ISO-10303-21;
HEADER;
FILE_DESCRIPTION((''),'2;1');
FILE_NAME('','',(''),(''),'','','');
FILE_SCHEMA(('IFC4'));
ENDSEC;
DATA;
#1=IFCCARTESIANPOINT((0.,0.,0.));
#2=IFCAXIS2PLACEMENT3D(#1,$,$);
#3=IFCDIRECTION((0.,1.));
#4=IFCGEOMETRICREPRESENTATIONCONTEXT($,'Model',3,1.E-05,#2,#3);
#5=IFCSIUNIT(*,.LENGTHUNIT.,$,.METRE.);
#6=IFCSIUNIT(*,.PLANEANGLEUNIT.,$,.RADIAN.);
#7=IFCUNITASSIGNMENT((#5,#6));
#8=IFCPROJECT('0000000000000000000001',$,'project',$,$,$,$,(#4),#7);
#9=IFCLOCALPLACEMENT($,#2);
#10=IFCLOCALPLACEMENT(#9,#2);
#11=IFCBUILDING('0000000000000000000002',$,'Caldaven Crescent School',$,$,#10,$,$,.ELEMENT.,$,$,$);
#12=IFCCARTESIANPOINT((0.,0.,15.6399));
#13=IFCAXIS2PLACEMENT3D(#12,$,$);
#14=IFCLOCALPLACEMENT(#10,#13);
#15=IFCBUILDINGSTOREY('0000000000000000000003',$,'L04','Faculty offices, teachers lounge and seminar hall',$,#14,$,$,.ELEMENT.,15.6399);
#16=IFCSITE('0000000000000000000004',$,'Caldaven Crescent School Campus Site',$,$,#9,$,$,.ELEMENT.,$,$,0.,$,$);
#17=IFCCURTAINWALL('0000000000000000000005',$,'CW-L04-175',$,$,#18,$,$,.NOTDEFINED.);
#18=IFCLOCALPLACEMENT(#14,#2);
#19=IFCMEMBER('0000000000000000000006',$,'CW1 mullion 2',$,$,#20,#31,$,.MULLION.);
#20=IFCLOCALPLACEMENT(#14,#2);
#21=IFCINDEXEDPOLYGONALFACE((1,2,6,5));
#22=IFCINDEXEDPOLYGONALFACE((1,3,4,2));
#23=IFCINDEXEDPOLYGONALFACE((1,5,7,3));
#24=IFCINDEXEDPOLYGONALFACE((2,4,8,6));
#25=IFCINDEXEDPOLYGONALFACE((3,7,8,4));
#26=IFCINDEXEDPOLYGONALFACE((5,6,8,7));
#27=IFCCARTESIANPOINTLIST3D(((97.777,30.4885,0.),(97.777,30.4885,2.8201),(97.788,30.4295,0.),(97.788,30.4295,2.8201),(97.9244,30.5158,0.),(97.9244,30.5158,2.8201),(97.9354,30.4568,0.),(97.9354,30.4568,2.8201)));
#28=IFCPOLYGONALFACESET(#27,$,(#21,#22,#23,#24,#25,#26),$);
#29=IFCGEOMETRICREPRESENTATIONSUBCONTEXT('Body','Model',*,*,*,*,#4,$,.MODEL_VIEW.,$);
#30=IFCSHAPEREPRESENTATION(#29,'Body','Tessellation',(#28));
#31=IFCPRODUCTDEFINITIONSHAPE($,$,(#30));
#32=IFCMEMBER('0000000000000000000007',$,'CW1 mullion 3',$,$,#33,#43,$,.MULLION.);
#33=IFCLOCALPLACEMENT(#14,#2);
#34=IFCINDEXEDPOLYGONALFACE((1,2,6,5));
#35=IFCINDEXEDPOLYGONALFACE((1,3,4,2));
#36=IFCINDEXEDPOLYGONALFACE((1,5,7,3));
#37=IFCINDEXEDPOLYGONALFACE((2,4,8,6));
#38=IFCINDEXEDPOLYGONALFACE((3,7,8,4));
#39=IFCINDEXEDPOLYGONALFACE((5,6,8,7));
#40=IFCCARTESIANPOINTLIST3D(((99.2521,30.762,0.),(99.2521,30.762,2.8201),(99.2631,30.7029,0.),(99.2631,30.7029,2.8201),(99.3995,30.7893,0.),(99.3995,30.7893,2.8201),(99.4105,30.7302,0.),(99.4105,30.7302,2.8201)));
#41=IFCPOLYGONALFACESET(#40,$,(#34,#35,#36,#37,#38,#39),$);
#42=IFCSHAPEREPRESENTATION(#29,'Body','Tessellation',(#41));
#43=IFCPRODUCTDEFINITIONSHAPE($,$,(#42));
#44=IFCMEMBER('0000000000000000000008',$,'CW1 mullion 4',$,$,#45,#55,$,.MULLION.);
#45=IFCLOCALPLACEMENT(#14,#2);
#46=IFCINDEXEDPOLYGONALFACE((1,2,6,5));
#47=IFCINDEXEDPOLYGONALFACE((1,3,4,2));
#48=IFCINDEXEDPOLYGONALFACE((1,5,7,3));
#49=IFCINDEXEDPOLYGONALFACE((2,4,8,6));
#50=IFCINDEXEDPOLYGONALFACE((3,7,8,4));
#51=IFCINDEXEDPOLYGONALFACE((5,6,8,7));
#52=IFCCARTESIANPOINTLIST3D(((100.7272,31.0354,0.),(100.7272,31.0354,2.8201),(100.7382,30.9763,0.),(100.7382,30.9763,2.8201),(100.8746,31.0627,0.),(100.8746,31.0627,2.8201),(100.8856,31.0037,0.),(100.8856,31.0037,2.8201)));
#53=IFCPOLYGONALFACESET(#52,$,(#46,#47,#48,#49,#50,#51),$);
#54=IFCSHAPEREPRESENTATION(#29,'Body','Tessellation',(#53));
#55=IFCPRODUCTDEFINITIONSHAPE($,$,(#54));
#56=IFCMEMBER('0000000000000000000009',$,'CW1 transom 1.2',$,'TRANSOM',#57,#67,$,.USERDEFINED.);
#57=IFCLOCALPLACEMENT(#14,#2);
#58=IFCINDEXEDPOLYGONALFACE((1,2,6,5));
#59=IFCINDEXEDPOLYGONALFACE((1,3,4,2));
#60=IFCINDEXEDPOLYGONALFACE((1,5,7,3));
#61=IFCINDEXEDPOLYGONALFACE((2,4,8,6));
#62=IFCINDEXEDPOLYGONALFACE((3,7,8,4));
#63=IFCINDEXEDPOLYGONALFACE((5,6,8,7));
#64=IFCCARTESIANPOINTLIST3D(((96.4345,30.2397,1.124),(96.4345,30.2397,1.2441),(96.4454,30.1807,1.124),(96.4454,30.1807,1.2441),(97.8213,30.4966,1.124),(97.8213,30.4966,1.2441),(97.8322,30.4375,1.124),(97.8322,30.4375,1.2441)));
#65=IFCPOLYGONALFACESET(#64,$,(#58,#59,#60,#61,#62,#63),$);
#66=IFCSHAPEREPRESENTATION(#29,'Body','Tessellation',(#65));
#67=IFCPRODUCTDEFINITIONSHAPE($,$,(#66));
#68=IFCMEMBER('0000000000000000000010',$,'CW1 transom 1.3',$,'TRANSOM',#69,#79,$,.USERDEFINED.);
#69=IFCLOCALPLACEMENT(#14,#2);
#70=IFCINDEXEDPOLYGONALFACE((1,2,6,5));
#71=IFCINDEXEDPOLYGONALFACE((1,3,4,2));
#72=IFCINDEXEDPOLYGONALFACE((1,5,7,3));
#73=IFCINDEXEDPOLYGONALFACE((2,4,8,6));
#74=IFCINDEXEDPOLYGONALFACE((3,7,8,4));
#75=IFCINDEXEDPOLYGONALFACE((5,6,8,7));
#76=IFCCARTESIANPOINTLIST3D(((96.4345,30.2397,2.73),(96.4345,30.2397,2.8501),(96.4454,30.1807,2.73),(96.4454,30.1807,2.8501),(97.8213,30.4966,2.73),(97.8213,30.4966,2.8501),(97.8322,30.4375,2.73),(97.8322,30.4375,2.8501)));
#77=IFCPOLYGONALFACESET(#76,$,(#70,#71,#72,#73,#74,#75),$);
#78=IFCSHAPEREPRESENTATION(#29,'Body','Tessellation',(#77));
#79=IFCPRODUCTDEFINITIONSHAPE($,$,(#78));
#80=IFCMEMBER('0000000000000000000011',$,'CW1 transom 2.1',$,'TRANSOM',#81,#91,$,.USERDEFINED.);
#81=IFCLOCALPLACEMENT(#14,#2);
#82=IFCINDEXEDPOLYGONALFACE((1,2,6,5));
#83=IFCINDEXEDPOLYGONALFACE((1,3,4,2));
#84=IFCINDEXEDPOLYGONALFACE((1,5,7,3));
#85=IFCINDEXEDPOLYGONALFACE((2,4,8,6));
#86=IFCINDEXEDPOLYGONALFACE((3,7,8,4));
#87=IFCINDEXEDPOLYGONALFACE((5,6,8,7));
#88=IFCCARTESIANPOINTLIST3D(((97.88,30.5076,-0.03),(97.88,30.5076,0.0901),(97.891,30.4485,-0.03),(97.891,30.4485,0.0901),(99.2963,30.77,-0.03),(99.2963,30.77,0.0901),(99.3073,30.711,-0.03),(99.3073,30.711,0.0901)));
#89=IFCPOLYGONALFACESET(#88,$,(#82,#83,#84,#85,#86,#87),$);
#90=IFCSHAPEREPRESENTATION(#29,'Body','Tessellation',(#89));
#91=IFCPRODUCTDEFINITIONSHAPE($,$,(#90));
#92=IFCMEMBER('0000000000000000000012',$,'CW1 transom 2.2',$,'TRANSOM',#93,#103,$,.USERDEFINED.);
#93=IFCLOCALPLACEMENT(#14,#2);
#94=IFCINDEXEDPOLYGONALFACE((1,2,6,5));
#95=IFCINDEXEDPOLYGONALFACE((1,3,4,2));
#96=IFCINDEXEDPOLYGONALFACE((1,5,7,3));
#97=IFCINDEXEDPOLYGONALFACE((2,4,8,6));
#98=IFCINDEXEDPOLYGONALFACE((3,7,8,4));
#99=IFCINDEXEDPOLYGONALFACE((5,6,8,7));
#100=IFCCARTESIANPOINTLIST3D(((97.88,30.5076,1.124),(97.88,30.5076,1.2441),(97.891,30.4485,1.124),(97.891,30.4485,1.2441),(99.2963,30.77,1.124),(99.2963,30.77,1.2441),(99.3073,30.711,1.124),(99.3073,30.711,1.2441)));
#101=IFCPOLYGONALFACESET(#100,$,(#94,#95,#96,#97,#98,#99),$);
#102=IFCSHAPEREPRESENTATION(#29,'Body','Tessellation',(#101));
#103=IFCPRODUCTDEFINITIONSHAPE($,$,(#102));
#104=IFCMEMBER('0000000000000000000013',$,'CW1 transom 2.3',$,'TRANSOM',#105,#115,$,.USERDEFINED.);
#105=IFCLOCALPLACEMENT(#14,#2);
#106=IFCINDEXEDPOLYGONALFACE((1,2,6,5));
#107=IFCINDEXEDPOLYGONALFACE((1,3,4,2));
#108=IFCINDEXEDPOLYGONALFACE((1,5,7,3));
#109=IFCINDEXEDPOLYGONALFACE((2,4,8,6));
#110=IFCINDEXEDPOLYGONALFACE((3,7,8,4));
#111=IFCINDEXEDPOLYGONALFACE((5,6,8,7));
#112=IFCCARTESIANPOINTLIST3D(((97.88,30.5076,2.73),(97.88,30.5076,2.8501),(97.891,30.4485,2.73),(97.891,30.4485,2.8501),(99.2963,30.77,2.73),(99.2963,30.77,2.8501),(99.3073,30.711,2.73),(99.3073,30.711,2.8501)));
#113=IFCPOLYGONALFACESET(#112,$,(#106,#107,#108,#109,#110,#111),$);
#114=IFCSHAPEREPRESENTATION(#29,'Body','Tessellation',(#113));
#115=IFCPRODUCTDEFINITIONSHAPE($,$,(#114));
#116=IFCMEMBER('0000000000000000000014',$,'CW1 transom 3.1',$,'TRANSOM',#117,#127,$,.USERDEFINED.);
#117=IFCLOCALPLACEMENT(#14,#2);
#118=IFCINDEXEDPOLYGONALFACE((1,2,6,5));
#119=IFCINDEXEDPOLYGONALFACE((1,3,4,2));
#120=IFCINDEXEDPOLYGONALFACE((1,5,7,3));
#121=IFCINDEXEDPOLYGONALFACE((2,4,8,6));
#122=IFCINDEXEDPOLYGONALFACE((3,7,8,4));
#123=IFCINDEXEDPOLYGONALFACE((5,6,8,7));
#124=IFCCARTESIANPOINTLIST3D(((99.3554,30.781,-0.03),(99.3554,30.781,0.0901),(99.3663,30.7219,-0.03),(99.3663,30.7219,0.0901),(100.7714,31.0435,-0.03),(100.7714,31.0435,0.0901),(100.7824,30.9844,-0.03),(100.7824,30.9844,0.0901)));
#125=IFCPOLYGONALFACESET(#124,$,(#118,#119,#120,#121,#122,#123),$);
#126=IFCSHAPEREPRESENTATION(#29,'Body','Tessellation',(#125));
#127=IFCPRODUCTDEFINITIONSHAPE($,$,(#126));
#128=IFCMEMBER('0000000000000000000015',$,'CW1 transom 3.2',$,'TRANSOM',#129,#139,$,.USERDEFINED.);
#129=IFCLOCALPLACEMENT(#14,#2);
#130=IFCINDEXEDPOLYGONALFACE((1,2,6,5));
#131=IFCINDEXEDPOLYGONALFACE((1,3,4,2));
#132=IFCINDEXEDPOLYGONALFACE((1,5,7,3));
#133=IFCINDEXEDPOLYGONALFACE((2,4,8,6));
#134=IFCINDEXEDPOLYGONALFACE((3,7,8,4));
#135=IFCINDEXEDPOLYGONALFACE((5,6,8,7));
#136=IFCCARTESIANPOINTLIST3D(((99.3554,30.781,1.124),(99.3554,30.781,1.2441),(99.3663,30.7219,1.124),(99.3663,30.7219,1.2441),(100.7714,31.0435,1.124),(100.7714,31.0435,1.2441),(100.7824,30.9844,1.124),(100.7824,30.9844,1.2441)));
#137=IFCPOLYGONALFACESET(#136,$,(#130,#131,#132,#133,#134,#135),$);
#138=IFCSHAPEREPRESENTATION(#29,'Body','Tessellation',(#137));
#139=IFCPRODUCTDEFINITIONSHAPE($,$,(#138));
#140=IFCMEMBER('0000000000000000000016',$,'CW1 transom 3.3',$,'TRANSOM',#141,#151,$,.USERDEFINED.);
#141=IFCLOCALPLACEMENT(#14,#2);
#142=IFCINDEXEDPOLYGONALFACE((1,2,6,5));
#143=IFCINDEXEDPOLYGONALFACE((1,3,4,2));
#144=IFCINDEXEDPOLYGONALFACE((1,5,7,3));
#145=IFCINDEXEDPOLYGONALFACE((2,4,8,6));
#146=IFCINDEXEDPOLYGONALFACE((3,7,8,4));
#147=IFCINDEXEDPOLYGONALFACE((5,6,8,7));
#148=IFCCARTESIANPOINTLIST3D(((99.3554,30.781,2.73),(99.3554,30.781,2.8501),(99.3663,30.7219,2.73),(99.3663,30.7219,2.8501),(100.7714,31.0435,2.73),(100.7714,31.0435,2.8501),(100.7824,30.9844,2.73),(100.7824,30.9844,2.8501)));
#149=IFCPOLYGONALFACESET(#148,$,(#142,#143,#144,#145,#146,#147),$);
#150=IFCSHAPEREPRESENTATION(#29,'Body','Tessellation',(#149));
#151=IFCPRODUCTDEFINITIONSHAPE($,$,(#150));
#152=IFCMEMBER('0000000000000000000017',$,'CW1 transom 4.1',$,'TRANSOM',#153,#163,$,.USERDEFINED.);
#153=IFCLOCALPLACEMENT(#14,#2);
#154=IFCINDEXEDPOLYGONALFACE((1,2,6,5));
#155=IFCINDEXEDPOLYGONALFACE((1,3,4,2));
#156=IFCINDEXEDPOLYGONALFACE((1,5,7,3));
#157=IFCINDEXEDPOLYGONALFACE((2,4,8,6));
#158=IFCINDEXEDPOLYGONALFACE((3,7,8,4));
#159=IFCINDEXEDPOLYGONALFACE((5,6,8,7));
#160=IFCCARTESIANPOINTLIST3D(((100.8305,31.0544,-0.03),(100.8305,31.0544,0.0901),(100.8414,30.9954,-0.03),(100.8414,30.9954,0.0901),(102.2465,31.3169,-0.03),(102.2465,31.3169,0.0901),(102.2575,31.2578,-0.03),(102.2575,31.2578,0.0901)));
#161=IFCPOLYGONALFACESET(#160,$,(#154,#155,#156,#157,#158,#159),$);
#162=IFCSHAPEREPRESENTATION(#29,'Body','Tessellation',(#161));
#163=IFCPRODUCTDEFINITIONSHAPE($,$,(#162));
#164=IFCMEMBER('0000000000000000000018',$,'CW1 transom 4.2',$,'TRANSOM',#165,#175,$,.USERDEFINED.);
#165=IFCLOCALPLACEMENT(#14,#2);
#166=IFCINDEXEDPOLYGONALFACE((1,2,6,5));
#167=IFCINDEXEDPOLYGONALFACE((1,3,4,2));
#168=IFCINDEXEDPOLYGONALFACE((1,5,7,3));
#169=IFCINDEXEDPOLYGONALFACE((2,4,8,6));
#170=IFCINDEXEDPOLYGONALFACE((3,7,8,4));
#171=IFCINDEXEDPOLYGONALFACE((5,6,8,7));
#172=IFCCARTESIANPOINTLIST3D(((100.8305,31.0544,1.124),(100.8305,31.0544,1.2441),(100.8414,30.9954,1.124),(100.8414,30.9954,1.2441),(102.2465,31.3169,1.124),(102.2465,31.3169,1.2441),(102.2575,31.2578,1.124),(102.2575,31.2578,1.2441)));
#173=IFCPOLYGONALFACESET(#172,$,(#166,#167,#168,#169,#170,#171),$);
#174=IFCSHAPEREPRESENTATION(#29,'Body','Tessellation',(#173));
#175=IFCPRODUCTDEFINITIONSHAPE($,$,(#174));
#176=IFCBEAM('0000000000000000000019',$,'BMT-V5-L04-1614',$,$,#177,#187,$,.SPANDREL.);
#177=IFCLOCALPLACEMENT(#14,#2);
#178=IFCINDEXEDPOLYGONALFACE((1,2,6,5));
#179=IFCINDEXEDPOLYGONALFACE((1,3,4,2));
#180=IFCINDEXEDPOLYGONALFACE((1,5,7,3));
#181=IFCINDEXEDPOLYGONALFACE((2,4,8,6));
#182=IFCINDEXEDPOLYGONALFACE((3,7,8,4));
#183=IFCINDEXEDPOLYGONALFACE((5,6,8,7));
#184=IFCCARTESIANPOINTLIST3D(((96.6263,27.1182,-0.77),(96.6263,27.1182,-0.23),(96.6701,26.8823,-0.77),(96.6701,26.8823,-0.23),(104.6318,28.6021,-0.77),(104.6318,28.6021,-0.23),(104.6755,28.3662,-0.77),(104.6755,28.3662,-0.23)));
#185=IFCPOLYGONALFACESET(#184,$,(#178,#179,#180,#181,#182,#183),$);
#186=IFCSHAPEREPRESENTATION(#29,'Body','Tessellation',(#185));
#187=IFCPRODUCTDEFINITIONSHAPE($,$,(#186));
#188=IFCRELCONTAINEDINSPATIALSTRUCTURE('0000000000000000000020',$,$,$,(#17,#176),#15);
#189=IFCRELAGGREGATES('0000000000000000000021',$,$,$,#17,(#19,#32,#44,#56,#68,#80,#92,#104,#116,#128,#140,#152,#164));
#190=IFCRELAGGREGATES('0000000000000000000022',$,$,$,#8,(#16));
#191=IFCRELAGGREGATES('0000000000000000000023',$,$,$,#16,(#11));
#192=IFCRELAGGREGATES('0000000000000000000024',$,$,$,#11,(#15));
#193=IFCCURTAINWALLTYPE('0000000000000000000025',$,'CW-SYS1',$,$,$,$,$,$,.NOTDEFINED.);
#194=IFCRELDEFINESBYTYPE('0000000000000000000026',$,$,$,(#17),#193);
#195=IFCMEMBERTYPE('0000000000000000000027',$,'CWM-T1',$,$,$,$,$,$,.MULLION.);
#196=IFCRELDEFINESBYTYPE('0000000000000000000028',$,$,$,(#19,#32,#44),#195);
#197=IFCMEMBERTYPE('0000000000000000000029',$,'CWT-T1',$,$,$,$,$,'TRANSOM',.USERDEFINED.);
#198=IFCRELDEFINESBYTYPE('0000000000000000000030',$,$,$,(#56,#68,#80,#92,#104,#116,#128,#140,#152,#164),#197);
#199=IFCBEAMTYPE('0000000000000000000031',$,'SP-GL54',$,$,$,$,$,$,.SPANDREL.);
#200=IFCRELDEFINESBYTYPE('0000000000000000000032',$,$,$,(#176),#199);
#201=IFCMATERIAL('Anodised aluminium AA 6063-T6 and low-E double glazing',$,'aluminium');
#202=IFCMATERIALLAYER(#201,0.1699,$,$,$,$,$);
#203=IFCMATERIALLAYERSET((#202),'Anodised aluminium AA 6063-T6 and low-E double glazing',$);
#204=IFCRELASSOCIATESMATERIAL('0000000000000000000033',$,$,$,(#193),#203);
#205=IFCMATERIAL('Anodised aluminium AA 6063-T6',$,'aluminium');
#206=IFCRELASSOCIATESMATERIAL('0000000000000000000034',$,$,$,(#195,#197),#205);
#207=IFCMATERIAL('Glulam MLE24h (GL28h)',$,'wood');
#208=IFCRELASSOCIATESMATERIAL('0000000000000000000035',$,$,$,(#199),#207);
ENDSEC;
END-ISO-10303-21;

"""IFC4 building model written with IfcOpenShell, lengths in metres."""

from ifc_helpers import new_model, si_unit, direction, frame, origin, origin_2d, place, context, subcontext, project, spatial, rectangle, extrude, material, layer, layer_set, material_profile, profile_set, type_object, element, aggregate, save


model = new_model("IFC4")

# Units and contexts
model_context = context("Model", 3, precision=1e-05, world=origin(), true_north=direction((0.0, 1.0)))
body_context = subcontext(model_context, "Body", "Model", "MODEL_VIEW")
ifc_project = project(units=[si_unit("LENGTHUNIT", "METRE"), si_unit("PLANEANGLEUNIT", "RADIAN")], contexts=[model_context])

# Site, building, storey
site_placement = place(None, origin())
site = spatial("IfcSite", under=ifc_project, at=site_placement, Name="Caldaven Crescent School Campus Site", CompositionType="ELEMENT", RefElevation=0.0)
building_placement = place(site_placement, origin())
building = spatial("IfcBuilding", under=site, at=building_placement, Name="Caldaven Crescent School", CompositionType="ELEMENT")
storey_placement = place(building_placement, frame((0.0, 0.0, 15.6399)))
storey = spatial("IfcBuildingStorey", under=building, at=storey_placement, Name="L04", Description="Faculty offices, teachers lounge and seminar hall", CompositionType="ELEMENT", Elevation=15.6399)

# Curtain wall, members
ifc_material_1 = material(Name="Anodised aluminium AA 6063-T6 and low-E double glazing", Category="aluminium")
ifc_layer_1 = layer(ifc_material_1, 0.1699)
ifc_layer_set_1 = layer_set([ifc_layer_1], Name="Anodised aluminium AA 6063-T6 and low-E double glazing")
curtain_wall_type = type_object("IfcCurtainWallType", Name="CW-SYS1", PredefinedType="NOTDEFINED", material=ifc_layer_set_1)
curtain_wall_placement = place(storey_placement, origin())
curtain_wall = element("IfcCurtainWall", 1, at=curtain_wall_placement, inside=storey, type_object=curtain_wall_type, Name="CW-L04-175", PredefinedType="NOTDEFINED")
ifc_material_2 = material(Name="Anodised aluminium AA 6063-T6", Category="aluminium")
ifc_material_profile_1 = material_profile(ifc_material_2, rectangle(XDim=0.0601, YDim=0.1499, at=origin_2d()), Name="CWM 60x150")
ifc_profile_set_1 = profile_set([ifc_material_profile_1], Name="Anodised aluminium AA 6063-T6")
member_type_1 = type_object("IfcMemberType", Name="CWM-T1", PredefinedType="MULLION", material=ifc_profile_set_1)
member_1_placement = place(storey_placement, frame((97.8562, 30.4727, 0.0), z_axis=(0.0, 0.0, 1.0), x_axis=(-0.182236, 0.983255, 0.0)))
member_1 = element("IfcMember", 2, at=member_1_placement, type_object=member_type_1, Name="CW1 mullion 2", PredefinedType="MULLION", context=body_context, shape_type="SweptSolid", body=[
    extrude(rectangle(XDim=0.0601, YDim=0.1499, at=origin_2d()), origin(), (0.0, 0.0, 1.0), 2.8201),
])
member_2_placement = place(storey_placement, frame((99.3313, 30.7461, 0.0), z_axis=(0.0, 0.0, 1.0), x_axis=(-0.182236, 0.983255, 0.0)))
member_2 = element("IfcMember", 3, at=member_2_placement, type_object=member_type_1, Name="CW1 mullion 3", PredefinedType="MULLION", context=body_context, shape_type="SweptSolid", body=[
    extrude(rectangle(XDim=0.0601, YDim=0.1499, at=origin_2d()), origin(), (0.0, 0.0, 1.0), 2.8201),
])
member_3_placement = place(storey_placement, frame((100.8064, 31.0195, 0.0), z_axis=(0.0, 0.0, 1.0), x_axis=(-0.182236, 0.983255, 0.0)))
member_3 = element("IfcMember", 4, at=member_3_placement, type_object=member_type_1, Name="CW1 mullion 4", PredefinedType="MULLION", context=body_context, shape_type="SweptSolid", body=[
    extrude(rectangle(XDim=0.0601, YDim=0.1499, at=origin_2d()), origin(), (0.0, 0.0, 1.0), 2.8201),
])
ifc_material_profile_2 = material_profile(ifc_material_2, rectangle(XDim=0.0601, YDim=0.1201, at=origin_2d()), Name="CWT 60x120")
ifc_profile_set_2 = profile_set([ifc_material_profile_2], Name="Anodised aluminium AA 6063-T6")
member_type_2 = type_object("IfcMemberType", Name="CWT-T1", ElementType="TRANSOM", PredefinedType="USERDEFINED", material=ifc_profile_set_2)
member_4_placement = place(storey_placement, frame((96.4399, 30.2102, 1.1841), z_axis=(0.983277, 0.182114, 0.0), x_axis=(-0.182114, 0.983277, 0.0)))
member_4 = element("IfcMember", 5, at=member_4_placement, type_object=member_type_2, Name="CW1 transom 1.2", ObjectType="TRANSOM", PredefinedType="USERDEFINED", context=body_context, shape_type="SweptSolid", body=[
    extrude(rectangle(XDim=0.0601, YDim=0.1201, at=origin_2d()), origin(), (0.0, 0.0, 1.0), 1.4104),
])
member_5_placement = place(storey_placement, frame((96.4399, 30.2102, 2.79), z_axis=(0.983277, 0.182114, 0.0), x_axis=(-0.182114, 0.983277, 0.0)))
member_5 = element("IfcMember", 6, at=member_5_placement, type_object=member_type_2, Name="CW1 transom 1.3", ObjectType="TRANSOM", PredefinedType="USERDEFINED", context=body_context, shape_type="SweptSolid", body=[
    extrude(rectangle(XDim=0.0601, YDim=0.1201, at=origin_2d()), origin(), (0.0, 0.0, 1.0), 1.4104),
])
member_6_placement = place(storey_placement, frame((97.8855, 30.478, 0.03), z_axis=(0.98326, 0.182211, 0.0), x_axis=(-0.182211, 0.98326, 0.0)))
member_6 = element("IfcMember", 7, at=member_6_placement, type_object=member_type_2, Name="CW1 transom 2.1", ObjectType="TRANSOM", PredefinedType="USERDEFINED", context=body_context, shape_type="SweptSolid", body=[
    extrude(rectangle(XDim=0.0601, YDim=0.1201, at=origin_2d()), origin(), (0.0, 0.0, 1.0), 1.4404),
])
member_7_placement = place(storey_placement, frame((97.8855, 30.478, 1.1841), z_axis=(0.98326, 0.182211, 0.0), x_axis=(-0.182211, 0.98326, 0.0)))
member_7 = element("IfcMember", 8, at=member_7_placement, type_object=member_type_2, Name="CW1 transom 2.2", ObjectType="TRANSOM", PredefinedType="USERDEFINED", context=body_context, shape_type="SweptSolid", body=[
    extrude(rectangle(XDim=0.0601, YDim=0.1201, at=origin_2d()), origin(), (0.0, 0.0, 1.0), 1.4404),
])
member_8_placement = place(storey_placement, frame((97.8855, 30.478, 2.79), z_axis=(0.98326, 0.182211, 0.0), x_axis=(-0.182211, 0.98326, 0.0)))
member_8 = element("IfcMember", 9, at=member_8_placement, type_object=member_type_2, Name="CW1 transom 2.3", ObjectType="TRANSOM", PredefinedType="USERDEFINED", context=body_context, shape_type="SweptSolid", body=[
    extrude(rectangle(XDim=0.0601, YDim=0.1201, at=origin_2d()), origin(), (0.0, 0.0, 1.0), 1.4404),
])
member_9_placement = place(storey_placement, frame((99.3608, 30.7515, 0.03), z_axis=(0.983254, 0.182241, 0.0), x_axis=(-0.182241, 0.983254, 0.0)))
member_9 = element("IfcMember", 10, at=member_9_placement, type_object=member_type_2, Name="CW1 transom 3.1", ObjectType="TRANSOM", PredefinedType="USERDEFINED", context=body_context, shape_type="SweptSolid", body=[
    extrude(rectangle(XDim=0.0601, YDim=0.1201, at=origin_2d()), origin(), (0.0, 0.0, 1.0), 1.4402),
])
member_10_placement = place(storey_placement, frame((99.3608, 30.7515, 1.1841), z_axis=(0.983254, 0.182241, 0.0), x_axis=(-0.182241, 0.983254, 0.0)))
member_10 = element("IfcMember", 11, at=member_10_placement, type_object=member_type_2, Name="CW1 transom 3.2", ObjectType="TRANSOM", PredefinedType="USERDEFINED", context=body_context, shape_type="SweptSolid", body=[
    extrude(rectangle(XDim=0.0601, YDim=0.1201, at=origin_2d()), origin(), (0.0, 0.0, 1.0), 1.4402),
])
member_11_placement = place(storey_placement, frame((99.3608, 30.7515, 2.79), z_axis=(0.983254, 0.182241, 0.0), x_axis=(-0.182241, 0.983254, 0.0)))
member_11 = element("IfcMember", 12, at=member_11_placement, type_object=member_type_2, Name="CW1 transom 3.3", ObjectType="TRANSOM", PredefinedType="USERDEFINED", context=body_context, shape_type="SweptSolid", body=[
    extrude(rectangle(XDim=0.0601, YDim=0.1201, at=origin_2d()), origin(), (0.0, 0.0, 1.0), 1.4402),
])
member_12_placement = place(storey_placement, frame((100.8359, 31.0249, 0.03), z_axis=(0.983254, 0.182241, 0.0), x_axis=(-0.182241, 0.983254, 0.0)))
member_12 = element("IfcMember", 13, at=member_12_placement, type_object=member_type_2, Name="CW1 transom 4.1", ObjectType="TRANSOM", PredefinedType="USERDEFINED", context=body_context, shape_type="SweptSolid", body=[
    extrude(rectangle(XDim=0.0601, YDim=0.1201, at=origin_2d()), origin(), (0.0, 0.0, 1.0), 1.4402),
])
member_13_placement = place(storey_placement, frame((100.8359, 31.0249, 1.1841), z_axis=(0.983254, 0.182241, 0.0), x_axis=(-0.182241, 0.983254, 0.0)))
member_13 = element("IfcMember", 14, at=member_13_placement, type_object=member_type_2, Name="CW1 transom 4.2", ObjectType="TRANSOM", PredefinedType="USERDEFINED", context=body_context, shape_type="SweptSolid", body=[
    extrude(rectangle(XDim=0.0601, YDim=0.1201, at=origin_2d()), origin(), (0.0, 0.0, 1.0), 1.4402),
])

# Beam
ifc_material_3 = material(Name="Glulam MLE24h (GL28h)", Category="wood")
ifc_material_profile_3 = material_profile(ifc_material_3, rectangle(XDim=0.24, YDim=0.54, at=origin_2d()), Name="MLE 240x540")
ifc_profile_set_3 = profile_set([ifc_material_profile_3], Name="Glulam MLE24h (GL28h)")
beam_type = type_object("IfcBeamType", Name="SP-GL54", PredefinedType="SPANDREL", material=ifc_profile_set_3)
beam_placement = place(storey_placement, frame((96.6482, 27.0002, -0.5), z_axis=(0.983251, 0.182257, 0.0), x_axis=(-0.182257, 0.983251, 0.0)))
element("IfcBeam", 15, at=beam_placement, inside=storey, type_object=beam_type, Name="BMT-V5-L04-1614", PredefinedType="SPANDREL", context=body_context, shape_type="SweptSolid", body=[
    extrude(rectangle(XDim=0.24, YDim=0.54, at=origin_2d()), origin(), (0.0, 0.0, 1.0), 8.1418),
])

aggregate(curtain_wall, [member_1, member_2, member_3, member_4, member_5, member_6, member_7, member_8, member_9, member_10, member_11, member_12, member_13])

save(model, "model.ifc")
